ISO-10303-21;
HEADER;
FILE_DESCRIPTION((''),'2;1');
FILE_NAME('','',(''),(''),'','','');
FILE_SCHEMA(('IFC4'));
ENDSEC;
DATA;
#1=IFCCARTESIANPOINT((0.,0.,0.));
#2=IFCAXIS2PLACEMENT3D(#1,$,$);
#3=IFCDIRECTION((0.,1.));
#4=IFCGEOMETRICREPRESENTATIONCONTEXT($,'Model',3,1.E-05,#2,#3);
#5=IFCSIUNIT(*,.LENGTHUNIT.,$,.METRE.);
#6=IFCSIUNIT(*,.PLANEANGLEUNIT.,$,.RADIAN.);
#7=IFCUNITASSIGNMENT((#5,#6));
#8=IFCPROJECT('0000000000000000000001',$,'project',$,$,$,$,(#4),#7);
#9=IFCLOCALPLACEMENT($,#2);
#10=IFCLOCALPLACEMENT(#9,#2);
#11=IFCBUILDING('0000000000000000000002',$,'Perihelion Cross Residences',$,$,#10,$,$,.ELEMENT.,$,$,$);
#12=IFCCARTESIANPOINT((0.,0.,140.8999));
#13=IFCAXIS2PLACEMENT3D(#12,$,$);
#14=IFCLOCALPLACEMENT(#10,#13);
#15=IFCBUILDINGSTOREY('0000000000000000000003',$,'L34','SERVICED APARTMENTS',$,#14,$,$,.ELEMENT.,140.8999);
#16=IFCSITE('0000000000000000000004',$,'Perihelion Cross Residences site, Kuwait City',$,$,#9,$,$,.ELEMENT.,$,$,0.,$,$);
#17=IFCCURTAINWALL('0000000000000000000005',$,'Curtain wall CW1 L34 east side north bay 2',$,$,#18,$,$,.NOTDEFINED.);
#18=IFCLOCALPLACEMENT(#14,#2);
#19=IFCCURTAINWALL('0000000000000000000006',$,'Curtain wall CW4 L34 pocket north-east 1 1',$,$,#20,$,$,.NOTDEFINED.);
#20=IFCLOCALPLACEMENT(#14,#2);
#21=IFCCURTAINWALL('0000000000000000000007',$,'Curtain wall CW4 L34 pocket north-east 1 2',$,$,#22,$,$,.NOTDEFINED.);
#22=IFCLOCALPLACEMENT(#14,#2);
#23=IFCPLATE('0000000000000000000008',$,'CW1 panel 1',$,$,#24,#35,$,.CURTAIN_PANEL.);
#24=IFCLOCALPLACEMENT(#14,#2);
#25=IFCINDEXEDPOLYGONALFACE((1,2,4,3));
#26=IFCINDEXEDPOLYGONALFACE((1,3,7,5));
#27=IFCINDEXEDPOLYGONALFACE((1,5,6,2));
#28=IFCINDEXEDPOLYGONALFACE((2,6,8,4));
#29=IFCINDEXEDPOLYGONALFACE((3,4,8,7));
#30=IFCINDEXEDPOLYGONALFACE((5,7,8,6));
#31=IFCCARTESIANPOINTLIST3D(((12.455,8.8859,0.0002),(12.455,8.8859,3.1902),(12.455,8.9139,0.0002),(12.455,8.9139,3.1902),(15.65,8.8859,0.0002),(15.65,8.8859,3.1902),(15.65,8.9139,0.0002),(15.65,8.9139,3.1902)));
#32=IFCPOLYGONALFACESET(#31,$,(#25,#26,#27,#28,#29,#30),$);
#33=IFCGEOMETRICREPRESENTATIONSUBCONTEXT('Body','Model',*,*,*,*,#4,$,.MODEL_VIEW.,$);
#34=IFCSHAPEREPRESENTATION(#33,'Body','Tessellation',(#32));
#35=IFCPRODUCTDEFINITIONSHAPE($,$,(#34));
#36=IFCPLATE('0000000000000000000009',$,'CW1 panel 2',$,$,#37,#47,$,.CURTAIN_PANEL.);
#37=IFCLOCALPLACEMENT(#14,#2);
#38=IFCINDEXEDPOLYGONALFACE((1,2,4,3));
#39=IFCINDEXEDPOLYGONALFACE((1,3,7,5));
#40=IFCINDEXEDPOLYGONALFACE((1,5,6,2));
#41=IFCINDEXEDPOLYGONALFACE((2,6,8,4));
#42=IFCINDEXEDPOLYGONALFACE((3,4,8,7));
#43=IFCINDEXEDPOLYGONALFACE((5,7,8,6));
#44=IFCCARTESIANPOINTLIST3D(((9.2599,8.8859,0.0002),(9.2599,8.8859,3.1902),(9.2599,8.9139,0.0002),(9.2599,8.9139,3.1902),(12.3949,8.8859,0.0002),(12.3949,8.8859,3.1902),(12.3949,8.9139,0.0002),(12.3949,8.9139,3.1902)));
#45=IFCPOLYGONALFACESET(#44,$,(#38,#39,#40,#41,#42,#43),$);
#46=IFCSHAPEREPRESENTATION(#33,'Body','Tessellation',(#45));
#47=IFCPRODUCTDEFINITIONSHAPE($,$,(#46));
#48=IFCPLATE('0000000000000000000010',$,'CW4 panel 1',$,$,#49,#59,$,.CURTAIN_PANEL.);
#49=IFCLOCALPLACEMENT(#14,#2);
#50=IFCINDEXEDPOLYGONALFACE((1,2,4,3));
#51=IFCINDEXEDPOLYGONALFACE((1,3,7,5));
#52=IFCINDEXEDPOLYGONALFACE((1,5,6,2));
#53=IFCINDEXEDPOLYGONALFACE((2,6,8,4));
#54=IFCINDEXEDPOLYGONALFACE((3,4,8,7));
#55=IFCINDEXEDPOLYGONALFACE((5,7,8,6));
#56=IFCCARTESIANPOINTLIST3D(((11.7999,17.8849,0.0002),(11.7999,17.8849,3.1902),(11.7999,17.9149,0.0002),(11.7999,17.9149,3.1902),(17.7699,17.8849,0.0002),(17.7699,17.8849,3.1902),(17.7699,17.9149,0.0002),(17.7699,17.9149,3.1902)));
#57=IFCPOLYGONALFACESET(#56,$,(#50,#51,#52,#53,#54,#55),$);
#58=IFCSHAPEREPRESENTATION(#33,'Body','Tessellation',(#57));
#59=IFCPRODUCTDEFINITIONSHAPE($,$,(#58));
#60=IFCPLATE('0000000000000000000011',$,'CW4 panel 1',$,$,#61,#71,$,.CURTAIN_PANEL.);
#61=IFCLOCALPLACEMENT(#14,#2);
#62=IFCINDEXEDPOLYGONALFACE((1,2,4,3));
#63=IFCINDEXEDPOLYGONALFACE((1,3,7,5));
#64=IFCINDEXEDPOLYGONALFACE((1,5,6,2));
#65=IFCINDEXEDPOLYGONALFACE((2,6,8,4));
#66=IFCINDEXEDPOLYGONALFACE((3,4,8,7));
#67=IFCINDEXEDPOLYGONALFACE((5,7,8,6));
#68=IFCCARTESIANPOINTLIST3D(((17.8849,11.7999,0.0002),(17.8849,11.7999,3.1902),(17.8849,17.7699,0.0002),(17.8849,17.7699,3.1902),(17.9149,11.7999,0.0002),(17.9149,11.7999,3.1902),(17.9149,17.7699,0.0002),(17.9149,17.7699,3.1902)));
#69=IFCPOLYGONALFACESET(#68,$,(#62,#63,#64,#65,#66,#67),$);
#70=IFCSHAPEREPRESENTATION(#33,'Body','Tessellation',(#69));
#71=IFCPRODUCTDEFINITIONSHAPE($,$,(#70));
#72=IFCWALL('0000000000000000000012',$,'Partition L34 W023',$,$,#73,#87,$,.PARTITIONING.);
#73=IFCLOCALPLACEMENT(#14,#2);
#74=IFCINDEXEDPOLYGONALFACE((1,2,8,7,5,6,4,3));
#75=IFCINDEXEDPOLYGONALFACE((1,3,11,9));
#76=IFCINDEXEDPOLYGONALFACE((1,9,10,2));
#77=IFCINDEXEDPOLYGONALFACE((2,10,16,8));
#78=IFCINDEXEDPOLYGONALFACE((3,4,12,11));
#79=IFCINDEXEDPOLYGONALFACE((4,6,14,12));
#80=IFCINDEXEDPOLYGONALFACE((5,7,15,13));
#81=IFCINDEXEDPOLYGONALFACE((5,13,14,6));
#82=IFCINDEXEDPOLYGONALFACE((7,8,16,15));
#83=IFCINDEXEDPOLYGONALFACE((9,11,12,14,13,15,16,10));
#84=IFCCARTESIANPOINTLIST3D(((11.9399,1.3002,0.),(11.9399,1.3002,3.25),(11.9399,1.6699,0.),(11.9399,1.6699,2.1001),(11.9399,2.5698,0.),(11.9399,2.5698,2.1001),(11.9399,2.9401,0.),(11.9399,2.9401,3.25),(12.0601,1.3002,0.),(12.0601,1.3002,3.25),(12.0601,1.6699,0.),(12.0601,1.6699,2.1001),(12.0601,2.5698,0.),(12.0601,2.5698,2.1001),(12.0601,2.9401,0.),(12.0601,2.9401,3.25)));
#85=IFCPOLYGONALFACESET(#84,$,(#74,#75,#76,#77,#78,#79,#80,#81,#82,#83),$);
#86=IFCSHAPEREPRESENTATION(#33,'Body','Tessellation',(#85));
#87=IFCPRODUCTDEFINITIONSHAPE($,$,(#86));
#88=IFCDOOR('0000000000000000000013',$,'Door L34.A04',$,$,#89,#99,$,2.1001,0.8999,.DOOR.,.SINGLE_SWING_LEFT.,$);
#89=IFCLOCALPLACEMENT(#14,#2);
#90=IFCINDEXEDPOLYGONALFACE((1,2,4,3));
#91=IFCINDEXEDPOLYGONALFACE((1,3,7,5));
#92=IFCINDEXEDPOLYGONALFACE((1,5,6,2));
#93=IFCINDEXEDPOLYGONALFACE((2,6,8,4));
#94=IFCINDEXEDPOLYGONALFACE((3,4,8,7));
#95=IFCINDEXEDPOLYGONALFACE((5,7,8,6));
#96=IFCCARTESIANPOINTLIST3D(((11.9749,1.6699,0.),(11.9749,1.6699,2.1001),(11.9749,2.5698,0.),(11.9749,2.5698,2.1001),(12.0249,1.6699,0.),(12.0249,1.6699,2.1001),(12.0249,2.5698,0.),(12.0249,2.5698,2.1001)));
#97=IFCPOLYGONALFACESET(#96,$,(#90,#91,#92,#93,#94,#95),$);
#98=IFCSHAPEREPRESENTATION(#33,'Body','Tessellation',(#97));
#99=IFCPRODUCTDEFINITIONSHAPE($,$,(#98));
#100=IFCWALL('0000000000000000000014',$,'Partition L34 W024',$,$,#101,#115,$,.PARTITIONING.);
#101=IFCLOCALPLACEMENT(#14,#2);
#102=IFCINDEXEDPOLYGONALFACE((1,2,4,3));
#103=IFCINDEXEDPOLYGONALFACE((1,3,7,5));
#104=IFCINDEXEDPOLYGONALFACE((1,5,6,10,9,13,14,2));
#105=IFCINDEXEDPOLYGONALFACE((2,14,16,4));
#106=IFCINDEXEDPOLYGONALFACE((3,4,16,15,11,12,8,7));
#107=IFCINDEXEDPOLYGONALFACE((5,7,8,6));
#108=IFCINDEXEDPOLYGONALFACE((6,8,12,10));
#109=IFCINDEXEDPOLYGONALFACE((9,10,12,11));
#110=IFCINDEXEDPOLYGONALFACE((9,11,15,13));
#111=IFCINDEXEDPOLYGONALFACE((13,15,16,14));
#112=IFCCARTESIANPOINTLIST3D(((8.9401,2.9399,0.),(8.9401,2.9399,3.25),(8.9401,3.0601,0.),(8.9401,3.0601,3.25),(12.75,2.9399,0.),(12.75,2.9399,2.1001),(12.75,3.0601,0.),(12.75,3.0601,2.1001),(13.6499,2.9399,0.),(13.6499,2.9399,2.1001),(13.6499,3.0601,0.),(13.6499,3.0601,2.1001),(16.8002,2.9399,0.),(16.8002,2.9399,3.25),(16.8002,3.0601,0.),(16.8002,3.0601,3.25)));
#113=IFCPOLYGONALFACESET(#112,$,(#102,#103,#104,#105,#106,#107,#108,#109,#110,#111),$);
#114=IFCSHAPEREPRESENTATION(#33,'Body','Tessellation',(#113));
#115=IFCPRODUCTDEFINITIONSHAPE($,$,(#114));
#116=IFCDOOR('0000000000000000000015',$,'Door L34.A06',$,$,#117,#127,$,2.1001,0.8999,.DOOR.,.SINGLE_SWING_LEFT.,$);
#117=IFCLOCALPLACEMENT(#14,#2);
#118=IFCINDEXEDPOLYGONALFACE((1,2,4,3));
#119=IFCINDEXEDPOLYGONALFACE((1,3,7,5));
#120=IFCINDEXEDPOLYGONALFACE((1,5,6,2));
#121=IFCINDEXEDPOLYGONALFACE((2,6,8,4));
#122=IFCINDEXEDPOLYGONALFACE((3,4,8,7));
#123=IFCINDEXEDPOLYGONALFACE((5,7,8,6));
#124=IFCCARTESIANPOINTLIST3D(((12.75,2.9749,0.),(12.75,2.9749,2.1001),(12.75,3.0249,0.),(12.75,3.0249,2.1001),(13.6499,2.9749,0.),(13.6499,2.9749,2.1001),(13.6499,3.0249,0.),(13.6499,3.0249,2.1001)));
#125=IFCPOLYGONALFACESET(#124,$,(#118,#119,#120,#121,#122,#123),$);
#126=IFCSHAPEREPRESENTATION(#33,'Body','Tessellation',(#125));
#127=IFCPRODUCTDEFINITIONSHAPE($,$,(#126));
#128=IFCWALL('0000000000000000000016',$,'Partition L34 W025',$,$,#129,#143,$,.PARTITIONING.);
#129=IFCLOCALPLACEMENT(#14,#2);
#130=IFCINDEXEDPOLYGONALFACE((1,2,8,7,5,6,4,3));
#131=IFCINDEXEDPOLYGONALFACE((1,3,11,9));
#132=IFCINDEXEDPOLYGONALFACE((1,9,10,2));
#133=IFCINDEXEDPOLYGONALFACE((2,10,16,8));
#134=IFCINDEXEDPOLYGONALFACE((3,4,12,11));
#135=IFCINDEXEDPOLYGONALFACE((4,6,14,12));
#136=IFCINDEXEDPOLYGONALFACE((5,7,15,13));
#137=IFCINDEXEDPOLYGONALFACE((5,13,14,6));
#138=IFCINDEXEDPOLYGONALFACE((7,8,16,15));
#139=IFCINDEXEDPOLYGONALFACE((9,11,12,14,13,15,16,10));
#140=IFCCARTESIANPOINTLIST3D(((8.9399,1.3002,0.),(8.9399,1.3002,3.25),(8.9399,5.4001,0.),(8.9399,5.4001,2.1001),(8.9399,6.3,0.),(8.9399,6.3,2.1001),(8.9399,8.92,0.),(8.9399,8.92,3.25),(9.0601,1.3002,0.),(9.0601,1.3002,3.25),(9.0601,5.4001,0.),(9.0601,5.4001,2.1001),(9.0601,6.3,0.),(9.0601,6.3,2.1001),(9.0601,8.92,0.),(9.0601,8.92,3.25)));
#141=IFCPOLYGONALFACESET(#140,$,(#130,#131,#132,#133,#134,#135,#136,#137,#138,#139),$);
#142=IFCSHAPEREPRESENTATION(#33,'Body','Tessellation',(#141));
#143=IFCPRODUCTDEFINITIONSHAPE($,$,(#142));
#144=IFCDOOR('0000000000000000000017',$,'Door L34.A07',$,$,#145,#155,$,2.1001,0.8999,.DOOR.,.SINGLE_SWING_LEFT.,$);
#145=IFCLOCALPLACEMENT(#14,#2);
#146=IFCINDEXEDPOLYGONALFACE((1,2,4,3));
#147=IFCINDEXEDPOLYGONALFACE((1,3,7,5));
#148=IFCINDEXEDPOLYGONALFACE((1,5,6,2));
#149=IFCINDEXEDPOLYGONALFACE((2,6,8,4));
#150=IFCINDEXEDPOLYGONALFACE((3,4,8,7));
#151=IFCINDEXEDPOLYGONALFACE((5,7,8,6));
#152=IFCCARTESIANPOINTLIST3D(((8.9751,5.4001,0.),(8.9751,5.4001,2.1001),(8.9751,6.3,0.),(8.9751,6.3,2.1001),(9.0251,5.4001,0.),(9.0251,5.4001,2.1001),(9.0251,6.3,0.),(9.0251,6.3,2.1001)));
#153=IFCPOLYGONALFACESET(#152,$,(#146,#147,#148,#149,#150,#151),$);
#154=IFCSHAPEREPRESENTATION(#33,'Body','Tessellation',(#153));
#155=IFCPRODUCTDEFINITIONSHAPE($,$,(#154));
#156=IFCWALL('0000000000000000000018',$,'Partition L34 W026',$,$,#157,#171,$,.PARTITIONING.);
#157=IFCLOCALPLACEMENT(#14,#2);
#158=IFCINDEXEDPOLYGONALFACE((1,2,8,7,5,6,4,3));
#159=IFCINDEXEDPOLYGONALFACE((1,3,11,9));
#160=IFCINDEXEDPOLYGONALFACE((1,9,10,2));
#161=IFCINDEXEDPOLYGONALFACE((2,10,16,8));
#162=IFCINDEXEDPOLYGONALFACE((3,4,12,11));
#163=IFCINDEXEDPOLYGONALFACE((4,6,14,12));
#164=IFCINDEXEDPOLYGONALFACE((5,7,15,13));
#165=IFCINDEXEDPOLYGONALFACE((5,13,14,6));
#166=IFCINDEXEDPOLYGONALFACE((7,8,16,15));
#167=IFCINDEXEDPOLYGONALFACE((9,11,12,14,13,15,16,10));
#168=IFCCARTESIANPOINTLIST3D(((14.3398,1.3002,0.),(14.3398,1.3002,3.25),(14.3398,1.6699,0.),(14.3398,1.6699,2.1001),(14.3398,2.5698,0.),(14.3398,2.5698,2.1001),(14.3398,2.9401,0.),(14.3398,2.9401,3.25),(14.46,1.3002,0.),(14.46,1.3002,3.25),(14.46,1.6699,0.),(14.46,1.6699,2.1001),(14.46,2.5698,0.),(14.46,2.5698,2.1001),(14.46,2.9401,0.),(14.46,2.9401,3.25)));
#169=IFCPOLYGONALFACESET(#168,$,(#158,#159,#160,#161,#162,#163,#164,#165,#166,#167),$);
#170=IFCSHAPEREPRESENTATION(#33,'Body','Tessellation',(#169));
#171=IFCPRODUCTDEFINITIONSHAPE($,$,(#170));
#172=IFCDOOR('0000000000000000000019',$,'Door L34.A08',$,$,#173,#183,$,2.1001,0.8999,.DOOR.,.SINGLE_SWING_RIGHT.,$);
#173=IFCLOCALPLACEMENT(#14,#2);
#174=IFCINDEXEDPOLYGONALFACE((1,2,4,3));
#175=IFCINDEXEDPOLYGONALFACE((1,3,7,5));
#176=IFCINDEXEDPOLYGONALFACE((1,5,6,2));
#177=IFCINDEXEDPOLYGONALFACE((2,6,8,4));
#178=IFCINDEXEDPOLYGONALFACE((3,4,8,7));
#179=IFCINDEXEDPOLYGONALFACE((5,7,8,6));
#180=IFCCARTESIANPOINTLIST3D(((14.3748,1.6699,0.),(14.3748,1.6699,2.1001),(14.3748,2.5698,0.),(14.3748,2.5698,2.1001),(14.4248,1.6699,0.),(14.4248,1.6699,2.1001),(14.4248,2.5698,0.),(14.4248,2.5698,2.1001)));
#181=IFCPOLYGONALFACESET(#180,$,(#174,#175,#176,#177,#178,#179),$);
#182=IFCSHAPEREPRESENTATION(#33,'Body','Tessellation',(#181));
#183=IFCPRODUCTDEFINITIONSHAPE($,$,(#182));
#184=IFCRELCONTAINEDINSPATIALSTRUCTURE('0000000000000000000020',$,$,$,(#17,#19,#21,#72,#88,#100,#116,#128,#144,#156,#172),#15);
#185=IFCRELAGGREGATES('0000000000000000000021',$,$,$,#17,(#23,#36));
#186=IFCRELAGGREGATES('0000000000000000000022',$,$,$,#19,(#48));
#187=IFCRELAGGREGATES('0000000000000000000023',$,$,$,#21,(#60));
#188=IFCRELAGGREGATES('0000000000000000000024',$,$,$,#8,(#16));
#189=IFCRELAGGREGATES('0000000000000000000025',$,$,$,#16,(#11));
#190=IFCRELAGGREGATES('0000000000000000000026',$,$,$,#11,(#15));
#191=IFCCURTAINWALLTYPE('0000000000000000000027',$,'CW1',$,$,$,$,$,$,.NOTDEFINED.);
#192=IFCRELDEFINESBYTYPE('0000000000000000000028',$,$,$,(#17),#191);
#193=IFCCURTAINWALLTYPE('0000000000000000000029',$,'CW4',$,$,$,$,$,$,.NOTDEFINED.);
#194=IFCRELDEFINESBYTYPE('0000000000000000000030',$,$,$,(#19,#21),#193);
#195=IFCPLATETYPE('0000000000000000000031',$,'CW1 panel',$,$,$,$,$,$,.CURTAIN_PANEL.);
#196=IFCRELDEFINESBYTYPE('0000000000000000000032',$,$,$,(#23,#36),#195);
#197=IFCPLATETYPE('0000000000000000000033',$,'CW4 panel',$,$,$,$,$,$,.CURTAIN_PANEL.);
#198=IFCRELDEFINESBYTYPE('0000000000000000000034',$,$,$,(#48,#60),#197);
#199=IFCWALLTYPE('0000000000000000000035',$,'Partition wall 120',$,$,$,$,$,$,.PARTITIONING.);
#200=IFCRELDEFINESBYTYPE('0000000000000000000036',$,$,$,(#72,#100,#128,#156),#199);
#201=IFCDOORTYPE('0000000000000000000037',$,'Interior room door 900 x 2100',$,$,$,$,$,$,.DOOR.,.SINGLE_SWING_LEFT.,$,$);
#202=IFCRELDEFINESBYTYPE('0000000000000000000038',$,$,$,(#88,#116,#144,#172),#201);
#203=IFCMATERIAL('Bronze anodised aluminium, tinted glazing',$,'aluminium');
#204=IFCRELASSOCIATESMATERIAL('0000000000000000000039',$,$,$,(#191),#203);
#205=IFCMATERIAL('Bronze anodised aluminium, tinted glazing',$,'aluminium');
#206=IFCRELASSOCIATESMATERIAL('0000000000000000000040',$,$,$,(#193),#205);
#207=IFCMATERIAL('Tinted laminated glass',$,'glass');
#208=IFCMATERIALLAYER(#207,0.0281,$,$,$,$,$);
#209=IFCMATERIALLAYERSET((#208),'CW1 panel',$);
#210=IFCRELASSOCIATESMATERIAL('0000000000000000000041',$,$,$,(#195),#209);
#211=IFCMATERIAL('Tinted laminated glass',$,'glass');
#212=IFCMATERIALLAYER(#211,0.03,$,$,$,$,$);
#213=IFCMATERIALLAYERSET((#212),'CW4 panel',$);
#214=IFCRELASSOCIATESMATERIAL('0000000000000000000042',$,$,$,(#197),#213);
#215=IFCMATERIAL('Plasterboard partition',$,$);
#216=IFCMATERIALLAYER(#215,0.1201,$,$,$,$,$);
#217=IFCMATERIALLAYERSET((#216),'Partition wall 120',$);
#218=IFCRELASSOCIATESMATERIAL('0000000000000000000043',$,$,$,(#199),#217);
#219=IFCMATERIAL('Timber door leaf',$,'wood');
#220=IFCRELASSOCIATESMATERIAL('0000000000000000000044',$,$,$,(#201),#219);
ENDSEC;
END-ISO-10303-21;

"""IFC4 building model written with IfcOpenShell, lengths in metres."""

from ifc_helpers import new_model, si_unit, direction, frame, frame_2d, origin, origin_2d, place, context, subcontext, project, spatial, rectangle, extrude, material, layer, layer_set, type_object, element, fill, aggregate, save


model = new_model("IFC4")

# Units and contexts
model_context = context("Model", 3, precision=1e-05, world=origin(), true_north=direction((0.0, 1.0)))
body_context = subcontext(model_context, "Body", "Model", "MODEL_VIEW")
ifc_project = project(units=[si_unit("LENGTHUNIT", "METRE"), si_unit("PLANEANGLEUNIT", "RADIAN")], contexts=[model_context])

# Site, building, storey
site_placement = place(None, origin())
site = spatial("IfcSite", under=ifc_project, at=site_placement, Name="Perihelion Cross Residences site, Kuwait City", CompositionType="ELEMENT", RefElevation=0.0)
building_placement = place(site_placement, origin())
building = spatial("IfcBuilding", under=site, at=building_placement, Name="Perihelion Cross Residences", CompositionType="ELEMENT")
storey_placement = place(building_placement, frame((0.0, 0.0, 140.8999)))
storey = spatial("IfcBuildingStorey", under=building, at=storey_placement, Name="L34", Description="SERVICED APARTMENTS", CompositionType="ELEMENT", Elevation=140.8999)

# Curtain walls
ifc_material_1 = material(Name="Bronze anodised aluminium, tinted glazing", Category="aluminium")
curtain_wall_type_1 = type_object("IfcCurtainWallType", Name="CW1", PredefinedType="NOTDEFINED", material=ifc_material_1)
curtain_wall_1_placement = place(storey_placement, origin())
curtain_wall_1 = element("IfcCurtainWall", 1, at=curtain_wall_1_placement, inside=storey, type_object=curtain_wall_type_1, Name="Curtain wall CW1 L34 east side north bay 2", PredefinedType="NOTDEFINED")
ifc_material_2 = material(Name="Bronze anodised aluminium, tinted glazing", Category="aluminium")
curtain_wall_type_2 = type_object("IfcCurtainWallType", Name="CW4", PredefinedType="NOTDEFINED", material=ifc_material_2)
curtain_wall_2_placement = place(storey_placement, origin())
curtain_wall_2 = element("IfcCurtainWall", 2, at=curtain_wall_2_placement, inside=storey, type_object=curtain_wall_type_2, Name="Curtain wall CW4 L34 pocket north-east 1 1", PredefinedType="NOTDEFINED")
curtain_wall_3_placement = place(storey_placement, origin())
curtain_wall_3 = element("IfcCurtainWall", 3, at=curtain_wall_3_placement, inside=storey, type_object=curtain_wall_type_2, Name="Curtain wall CW4 L34 pocket north-east 1 2", PredefinedType="NOTDEFINED")

# Plates
ifc_material_3 = material(Name="Tinted laminated glass", Category="glass")
ifc_layer_1 = layer(ifc_material_3, 0.0281)
ifc_layer_set_1 = layer_set([ifc_layer_1], Name="CW1 panel")
plate_type_1 = type_object("IfcPlateType", Name="CW1 panel", PredefinedType="CURTAIN_PANEL", material=ifc_layer_set_1)
plate_1_placement = place(storey_placement, frame((14.0525, 8.8999, 0.0002), z_axis=(0.0, 0.0, 1.0), x_axis=(-1.0, 0.0, 0.0)))
plate_1 = element("IfcPlate", 4, at=plate_1_placement, type_object=plate_type_1, Name="CW1 panel 1", PredefinedType="CURTAIN_PANEL", context=body_context, shape_type="SweptSolid", body=[
    extrude(rectangle(XDim=3.1951, YDim=0.0281, at=origin_2d()), origin(), (0.0, 0.0, 1.0), 3.1899),
])
plate_2_placement = place(storey_placement, frame((10.8274, 8.8999, 0.0002), z_axis=(0.0, 0.0, 1.0), x_axis=(-1.0, 0.0, 0.0)))
plate_2 = element("IfcPlate", 5, at=plate_2_placement, type_object=plate_type_1, Name="CW1 panel 2", PredefinedType="CURTAIN_PANEL", context=body_context, shape_type="SweptSolid", body=[
    extrude(rectangle(XDim=3.135, YDim=0.0281, at=origin_2d()), origin(), (0.0, 0.0, 1.0), 3.1899),
])
aggregate(curtain_wall_1, [plate_1, plate_2])
ifc_material_4 = material(Name="Tinted laminated glass", Category="glass")
ifc_layer_2 = layer(ifc_material_4, 0.03)
ifc_layer_set_2 = layer_set([ifc_layer_2], Name="CW4 panel")
plate_type_2 = type_object("IfcPlateType", Name="CW4 panel", PredefinedType="CURTAIN_PANEL", material=ifc_layer_set_2)
plate_3_placement = place(storey_placement, frame((14.7849, 17.8999, 0.0002), z_axis=(0.0, 0.0, 1.0), x_axis=(1.0, 0.0, 0.0)))
plate_3 = element("IfcPlate", 6, at=plate_3_placement, type_object=plate_type_2, Name="CW4 panel 1", PredefinedType="CURTAIN_PANEL", context=body_context, shape_type="SweptSolid", body=[
    extrude(rectangle(XDim=5.97, YDim=0.03, at=origin_2d()), origin(), (0.0, 0.0, 1.0), 3.1899),
])
aggregate(curtain_wall_2, [plate_3])
plate_4_placement = place(storey_placement, frame((17.8999, 14.7849, 0.0002), z_axis=(0.0, 0.0, 1.0), x_axis=(0.0, -1.0, 0.0)))
plate_4 = element("IfcPlate", 7, at=plate_4_placement, type_object=plate_type_2, Name="CW4 panel 1", PredefinedType="CURTAIN_PANEL", context=body_context, shape_type="SweptSolid", body=[
    extrude(rectangle(XDim=5.97, YDim=0.03, at=origin_2d()), origin(), (0.0, 0.0, 1.0), 3.1899),
])
aggregate(curtain_wall_3, [plate_4])

# Walls, openings, doors
ifc_material_5 = material(Name="Plasterboard partition")
ifc_layer_3 = layer(ifc_material_5, 0.1201)
ifc_layer_set_3 = layer_set([ifc_layer_3], Name="Partition wall 120")
wall_type_1 = type_object("IfcWallType", Name="Partition wall 120", PredefinedType="PARTITIONING", material=ifc_layer_set_3)
wall_1_placement = place(storey_placement, frame((12.0, 2.9399, 0.0), z_axis=(0.0, 0.0, 1.0), x_axis=(0.0, -1.0, 0.0)))
wall_1 = element("IfcWall", 8, at=wall_1_placement, inside=storey, type_object=wall_type_1, Name="Partition L34 W023", PredefinedType="PARTITIONING", context=body_context, shape_type="SweptSolid", body=[
    extrude(rectangle(XDim=1.6399, YDim=0.1201, at=frame_2d((0.8198, 0.0))), origin(), (0.0, 0.0, 1.0), 3.25),
])
opening_1_placement = place(wall_1_placement, frame((0.3701, 0.0, 0.0)))
opening_1 = element("IfcOpeningElement", 9, at=opening_1_placement, cuts=wall_1, PredefinedType="OPENING", context=body_context, shape_type="SweptSolid", body=[
    extrude(rectangle(XDim=0.8999, YDim=2.1001, at=frame_2d((0.45, 1.05))), frame((0.0, 0.0701, 0.0), z_axis=(0.0, -1.0, 0.0), x_axis=(1.0, 0.0, 0.0)), (0.0, 0.0, 1.0), 0.1401),
])
ifc_material_6 = material(Name="Timber door leaf", Category="wood")
door_type_1 = type_object("IfcDoorType", Name="Interior room door 900 x 2100", OperationType="SINGLE_SWING_LEFT", PredefinedType="DOOR", material=ifc_material_6)
door_1_placement = place(opening_1_placement, origin())
door_1 = element("IfcDoor", 10, at=door_1_placement, inside=storey, type_object=door_type_1, Name="Door L34.A04", OperationType="SINGLE_SWING_LEFT", OverallHeight=2.1001, OverallWidth=0.8999, PredefinedType="DOOR", context=body_context, shape_type="SweptSolid", body=[
    extrude(rectangle(XDim=0.8999, YDim=2.1001, at=frame_2d((0.45, 1.05))), frame((0.0, 0.0249, 0.0), z_axis=(0.0, -1.0, 0.0), x_axis=(1.0, 0.0, 0.0)), (0.0, 0.0, 1.0), 0.05),
])
fill(opening_1, door_1)
wall_2_placement = place(storey_placement, frame((8.9399, 3.0, 0.0), z_axis=(0.0, 0.0, 1.0), x_axis=(1.0, 0.0, 0.0)))
wall_2 = element("IfcWall", 11, at=wall_2_placement, inside=storey, type_object=wall_type_1, Name="Partition L34 W024", PredefinedType="PARTITIONING", context=body_context, shape_type="SweptSolid", body=[
    extrude(rectangle(XDim=7.8601, YDim=0.1201, at=frame_2d((3.9302, 0.0))), origin(), (0.0, 0.0, 1.0), 3.25),
])
opening_2_placement = place(wall_2_placement, frame((3.8101, 0.0, 0.0)))
opening_2 = element("IfcOpeningElement", 12, at=opening_2_placement, cuts=wall_2, PredefinedType="OPENING", context=body_context, shape_type="SweptSolid", body=[
    extrude(rectangle(XDim=0.8999, YDim=2.1001, at=frame_2d((0.45, 1.05))), frame((0.0, 0.0701, 0.0), z_axis=(0.0, -1.0, 0.0), x_axis=(1.0, 0.0, 0.0)), (0.0, 0.0, 1.0), 0.1401),
])
door_2_placement = place(opening_2_placement, origin())
door_2 = element("IfcDoor", 13, at=door_2_placement, inside=storey, type_object=door_type_1, Name="Door L34.A06", OperationType="SINGLE_SWING_LEFT", OverallHeight=2.1001, OverallWidth=0.8999, PredefinedType="DOOR", context=body_context, shape_type="SweptSolid", body=[
    extrude(rectangle(XDim=0.8999, YDim=2.1001, at=frame_2d((0.45, 1.05))), frame((0.0, 0.0249, 0.0), z_axis=(0.0, -1.0, 0.0), x_axis=(1.0, 0.0, 0.0)), (0.0, 0.0, 1.0), 0.05),
])
fill(opening_2, door_2)
wall_3_placement = place(storey_placement, frame((9.0, 1.3, 0.0), z_axis=(0.0, 0.0, 1.0), x_axis=(0.0, 1.0, 0.0)))
wall_3 = element("IfcWall", 14, at=wall_3_placement, inside=storey, type_object=wall_type_1, Name="Partition L34 W025", PredefinedType="PARTITIONING", context=body_context, shape_type="SweptSolid", body=[
    extrude(rectangle(XDim=7.6199, YDim=0.1201, at=frame_2d((3.8101, 0.0))), origin(), (0.0, 0.0, 1.0), 3.25),
])
opening_3_placement = place(wall_3_placement, frame((4.1001, 0.0, 0.0)))
opening_3 = element("IfcOpeningElement", 15, at=opening_3_placement, cuts=wall_3, PredefinedType="OPENING", context=body_context, shape_type="SweptSolid", body=[
    extrude(rectangle(XDim=0.8999, YDim=2.1001, at=frame_2d((0.45, 1.05))), frame((0.0, 0.0701, 0.0), z_axis=(0.0, -1.0, 0.0), x_axis=(1.0, 0.0, 0.0)), (0.0, 0.0, 1.0), 0.1401),
])
door_3_placement = place(opening_3_placement, origin())
door_3 = element("IfcDoor", 16, at=door_3_placement, inside=storey, type_object=door_type_1, Name="Door L34.A07", OperationType="SINGLE_SWING_LEFT", OverallHeight=2.1001, OverallWidth=0.8999, PredefinedType="DOOR", context=body_context, shape_type="SweptSolid", body=[
    extrude(rectangle(XDim=0.8999, YDim=2.1001, at=frame_2d((0.45, 1.05))), frame((0.0, 0.0249, 0.0), z_axis=(0.0, -1.0, 0.0), x_axis=(1.0, 0.0, 0.0)), (0.0, 0.0, 1.0), 0.05),
])
fill(opening_3, door_3)
wall_4_placement = place(storey_placement, frame((14.3999, 2.9399, 0.0), z_axis=(0.0, 0.0, 1.0), x_axis=(0.0, -1.0, 0.0)))
wall_4 = element("IfcWall", 17, at=wall_4_placement, inside=storey, type_object=wall_type_1, Name="Partition L34 W026", PredefinedType="PARTITIONING", context=body_context, shape_type="SweptSolid", body=[
    extrude(rectangle(XDim=1.6399, YDim=0.1201, at=frame_2d((0.8198, 0.0))), origin(), (0.0, 0.0, 1.0), 3.25),
])
opening_4_placement = place(wall_4_placement, frame((0.3701, 0.0, 0.0)))
opening_4 = element("IfcOpeningElement", 18, at=opening_4_placement, cuts=wall_4, PredefinedType="OPENING", context=body_context, shape_type="SweptSolid", body=[
    extrude(rectangle(XDim=0.8999, YDim=2.1001, at=frame_2d((0.45, 1.05))), frame((0.0, 0.0701, 0.0), z_axis=(0.0, -1.0, 0.0), x_axis=(1.0, 0.0, 0.0)), (0.0, 0.0, 1.0), 0.1401),
])
door_4_placement = place(opening_4_placement, origin())
door_4 = element("IfcDoor", 19, at=door_4_placement, inside=storey, type_object=door_type_1, Name="Door L34.A08", OperationType="SINGLE_SWING_RIGHT", OverallHeight=2.1001, OverallWidth=0.8999, PredefinedType="DOOR", context=body_context, shape_type="SweptSolid", body=[
    extrude(rectangle(XDim=0.8999, YDim=2.1001, at=frame_2d((0.45, 1.05))), frame((0.0, 0.0249, 0.0), z_axis=(0.0, -1.0, 0.0), x_axis=(1.0, 0.0, 0.0)), (0.0, 0.0, 1.0), 0.05),
])
fill(opening_4, door_4)

save(model, "model.ifc")
